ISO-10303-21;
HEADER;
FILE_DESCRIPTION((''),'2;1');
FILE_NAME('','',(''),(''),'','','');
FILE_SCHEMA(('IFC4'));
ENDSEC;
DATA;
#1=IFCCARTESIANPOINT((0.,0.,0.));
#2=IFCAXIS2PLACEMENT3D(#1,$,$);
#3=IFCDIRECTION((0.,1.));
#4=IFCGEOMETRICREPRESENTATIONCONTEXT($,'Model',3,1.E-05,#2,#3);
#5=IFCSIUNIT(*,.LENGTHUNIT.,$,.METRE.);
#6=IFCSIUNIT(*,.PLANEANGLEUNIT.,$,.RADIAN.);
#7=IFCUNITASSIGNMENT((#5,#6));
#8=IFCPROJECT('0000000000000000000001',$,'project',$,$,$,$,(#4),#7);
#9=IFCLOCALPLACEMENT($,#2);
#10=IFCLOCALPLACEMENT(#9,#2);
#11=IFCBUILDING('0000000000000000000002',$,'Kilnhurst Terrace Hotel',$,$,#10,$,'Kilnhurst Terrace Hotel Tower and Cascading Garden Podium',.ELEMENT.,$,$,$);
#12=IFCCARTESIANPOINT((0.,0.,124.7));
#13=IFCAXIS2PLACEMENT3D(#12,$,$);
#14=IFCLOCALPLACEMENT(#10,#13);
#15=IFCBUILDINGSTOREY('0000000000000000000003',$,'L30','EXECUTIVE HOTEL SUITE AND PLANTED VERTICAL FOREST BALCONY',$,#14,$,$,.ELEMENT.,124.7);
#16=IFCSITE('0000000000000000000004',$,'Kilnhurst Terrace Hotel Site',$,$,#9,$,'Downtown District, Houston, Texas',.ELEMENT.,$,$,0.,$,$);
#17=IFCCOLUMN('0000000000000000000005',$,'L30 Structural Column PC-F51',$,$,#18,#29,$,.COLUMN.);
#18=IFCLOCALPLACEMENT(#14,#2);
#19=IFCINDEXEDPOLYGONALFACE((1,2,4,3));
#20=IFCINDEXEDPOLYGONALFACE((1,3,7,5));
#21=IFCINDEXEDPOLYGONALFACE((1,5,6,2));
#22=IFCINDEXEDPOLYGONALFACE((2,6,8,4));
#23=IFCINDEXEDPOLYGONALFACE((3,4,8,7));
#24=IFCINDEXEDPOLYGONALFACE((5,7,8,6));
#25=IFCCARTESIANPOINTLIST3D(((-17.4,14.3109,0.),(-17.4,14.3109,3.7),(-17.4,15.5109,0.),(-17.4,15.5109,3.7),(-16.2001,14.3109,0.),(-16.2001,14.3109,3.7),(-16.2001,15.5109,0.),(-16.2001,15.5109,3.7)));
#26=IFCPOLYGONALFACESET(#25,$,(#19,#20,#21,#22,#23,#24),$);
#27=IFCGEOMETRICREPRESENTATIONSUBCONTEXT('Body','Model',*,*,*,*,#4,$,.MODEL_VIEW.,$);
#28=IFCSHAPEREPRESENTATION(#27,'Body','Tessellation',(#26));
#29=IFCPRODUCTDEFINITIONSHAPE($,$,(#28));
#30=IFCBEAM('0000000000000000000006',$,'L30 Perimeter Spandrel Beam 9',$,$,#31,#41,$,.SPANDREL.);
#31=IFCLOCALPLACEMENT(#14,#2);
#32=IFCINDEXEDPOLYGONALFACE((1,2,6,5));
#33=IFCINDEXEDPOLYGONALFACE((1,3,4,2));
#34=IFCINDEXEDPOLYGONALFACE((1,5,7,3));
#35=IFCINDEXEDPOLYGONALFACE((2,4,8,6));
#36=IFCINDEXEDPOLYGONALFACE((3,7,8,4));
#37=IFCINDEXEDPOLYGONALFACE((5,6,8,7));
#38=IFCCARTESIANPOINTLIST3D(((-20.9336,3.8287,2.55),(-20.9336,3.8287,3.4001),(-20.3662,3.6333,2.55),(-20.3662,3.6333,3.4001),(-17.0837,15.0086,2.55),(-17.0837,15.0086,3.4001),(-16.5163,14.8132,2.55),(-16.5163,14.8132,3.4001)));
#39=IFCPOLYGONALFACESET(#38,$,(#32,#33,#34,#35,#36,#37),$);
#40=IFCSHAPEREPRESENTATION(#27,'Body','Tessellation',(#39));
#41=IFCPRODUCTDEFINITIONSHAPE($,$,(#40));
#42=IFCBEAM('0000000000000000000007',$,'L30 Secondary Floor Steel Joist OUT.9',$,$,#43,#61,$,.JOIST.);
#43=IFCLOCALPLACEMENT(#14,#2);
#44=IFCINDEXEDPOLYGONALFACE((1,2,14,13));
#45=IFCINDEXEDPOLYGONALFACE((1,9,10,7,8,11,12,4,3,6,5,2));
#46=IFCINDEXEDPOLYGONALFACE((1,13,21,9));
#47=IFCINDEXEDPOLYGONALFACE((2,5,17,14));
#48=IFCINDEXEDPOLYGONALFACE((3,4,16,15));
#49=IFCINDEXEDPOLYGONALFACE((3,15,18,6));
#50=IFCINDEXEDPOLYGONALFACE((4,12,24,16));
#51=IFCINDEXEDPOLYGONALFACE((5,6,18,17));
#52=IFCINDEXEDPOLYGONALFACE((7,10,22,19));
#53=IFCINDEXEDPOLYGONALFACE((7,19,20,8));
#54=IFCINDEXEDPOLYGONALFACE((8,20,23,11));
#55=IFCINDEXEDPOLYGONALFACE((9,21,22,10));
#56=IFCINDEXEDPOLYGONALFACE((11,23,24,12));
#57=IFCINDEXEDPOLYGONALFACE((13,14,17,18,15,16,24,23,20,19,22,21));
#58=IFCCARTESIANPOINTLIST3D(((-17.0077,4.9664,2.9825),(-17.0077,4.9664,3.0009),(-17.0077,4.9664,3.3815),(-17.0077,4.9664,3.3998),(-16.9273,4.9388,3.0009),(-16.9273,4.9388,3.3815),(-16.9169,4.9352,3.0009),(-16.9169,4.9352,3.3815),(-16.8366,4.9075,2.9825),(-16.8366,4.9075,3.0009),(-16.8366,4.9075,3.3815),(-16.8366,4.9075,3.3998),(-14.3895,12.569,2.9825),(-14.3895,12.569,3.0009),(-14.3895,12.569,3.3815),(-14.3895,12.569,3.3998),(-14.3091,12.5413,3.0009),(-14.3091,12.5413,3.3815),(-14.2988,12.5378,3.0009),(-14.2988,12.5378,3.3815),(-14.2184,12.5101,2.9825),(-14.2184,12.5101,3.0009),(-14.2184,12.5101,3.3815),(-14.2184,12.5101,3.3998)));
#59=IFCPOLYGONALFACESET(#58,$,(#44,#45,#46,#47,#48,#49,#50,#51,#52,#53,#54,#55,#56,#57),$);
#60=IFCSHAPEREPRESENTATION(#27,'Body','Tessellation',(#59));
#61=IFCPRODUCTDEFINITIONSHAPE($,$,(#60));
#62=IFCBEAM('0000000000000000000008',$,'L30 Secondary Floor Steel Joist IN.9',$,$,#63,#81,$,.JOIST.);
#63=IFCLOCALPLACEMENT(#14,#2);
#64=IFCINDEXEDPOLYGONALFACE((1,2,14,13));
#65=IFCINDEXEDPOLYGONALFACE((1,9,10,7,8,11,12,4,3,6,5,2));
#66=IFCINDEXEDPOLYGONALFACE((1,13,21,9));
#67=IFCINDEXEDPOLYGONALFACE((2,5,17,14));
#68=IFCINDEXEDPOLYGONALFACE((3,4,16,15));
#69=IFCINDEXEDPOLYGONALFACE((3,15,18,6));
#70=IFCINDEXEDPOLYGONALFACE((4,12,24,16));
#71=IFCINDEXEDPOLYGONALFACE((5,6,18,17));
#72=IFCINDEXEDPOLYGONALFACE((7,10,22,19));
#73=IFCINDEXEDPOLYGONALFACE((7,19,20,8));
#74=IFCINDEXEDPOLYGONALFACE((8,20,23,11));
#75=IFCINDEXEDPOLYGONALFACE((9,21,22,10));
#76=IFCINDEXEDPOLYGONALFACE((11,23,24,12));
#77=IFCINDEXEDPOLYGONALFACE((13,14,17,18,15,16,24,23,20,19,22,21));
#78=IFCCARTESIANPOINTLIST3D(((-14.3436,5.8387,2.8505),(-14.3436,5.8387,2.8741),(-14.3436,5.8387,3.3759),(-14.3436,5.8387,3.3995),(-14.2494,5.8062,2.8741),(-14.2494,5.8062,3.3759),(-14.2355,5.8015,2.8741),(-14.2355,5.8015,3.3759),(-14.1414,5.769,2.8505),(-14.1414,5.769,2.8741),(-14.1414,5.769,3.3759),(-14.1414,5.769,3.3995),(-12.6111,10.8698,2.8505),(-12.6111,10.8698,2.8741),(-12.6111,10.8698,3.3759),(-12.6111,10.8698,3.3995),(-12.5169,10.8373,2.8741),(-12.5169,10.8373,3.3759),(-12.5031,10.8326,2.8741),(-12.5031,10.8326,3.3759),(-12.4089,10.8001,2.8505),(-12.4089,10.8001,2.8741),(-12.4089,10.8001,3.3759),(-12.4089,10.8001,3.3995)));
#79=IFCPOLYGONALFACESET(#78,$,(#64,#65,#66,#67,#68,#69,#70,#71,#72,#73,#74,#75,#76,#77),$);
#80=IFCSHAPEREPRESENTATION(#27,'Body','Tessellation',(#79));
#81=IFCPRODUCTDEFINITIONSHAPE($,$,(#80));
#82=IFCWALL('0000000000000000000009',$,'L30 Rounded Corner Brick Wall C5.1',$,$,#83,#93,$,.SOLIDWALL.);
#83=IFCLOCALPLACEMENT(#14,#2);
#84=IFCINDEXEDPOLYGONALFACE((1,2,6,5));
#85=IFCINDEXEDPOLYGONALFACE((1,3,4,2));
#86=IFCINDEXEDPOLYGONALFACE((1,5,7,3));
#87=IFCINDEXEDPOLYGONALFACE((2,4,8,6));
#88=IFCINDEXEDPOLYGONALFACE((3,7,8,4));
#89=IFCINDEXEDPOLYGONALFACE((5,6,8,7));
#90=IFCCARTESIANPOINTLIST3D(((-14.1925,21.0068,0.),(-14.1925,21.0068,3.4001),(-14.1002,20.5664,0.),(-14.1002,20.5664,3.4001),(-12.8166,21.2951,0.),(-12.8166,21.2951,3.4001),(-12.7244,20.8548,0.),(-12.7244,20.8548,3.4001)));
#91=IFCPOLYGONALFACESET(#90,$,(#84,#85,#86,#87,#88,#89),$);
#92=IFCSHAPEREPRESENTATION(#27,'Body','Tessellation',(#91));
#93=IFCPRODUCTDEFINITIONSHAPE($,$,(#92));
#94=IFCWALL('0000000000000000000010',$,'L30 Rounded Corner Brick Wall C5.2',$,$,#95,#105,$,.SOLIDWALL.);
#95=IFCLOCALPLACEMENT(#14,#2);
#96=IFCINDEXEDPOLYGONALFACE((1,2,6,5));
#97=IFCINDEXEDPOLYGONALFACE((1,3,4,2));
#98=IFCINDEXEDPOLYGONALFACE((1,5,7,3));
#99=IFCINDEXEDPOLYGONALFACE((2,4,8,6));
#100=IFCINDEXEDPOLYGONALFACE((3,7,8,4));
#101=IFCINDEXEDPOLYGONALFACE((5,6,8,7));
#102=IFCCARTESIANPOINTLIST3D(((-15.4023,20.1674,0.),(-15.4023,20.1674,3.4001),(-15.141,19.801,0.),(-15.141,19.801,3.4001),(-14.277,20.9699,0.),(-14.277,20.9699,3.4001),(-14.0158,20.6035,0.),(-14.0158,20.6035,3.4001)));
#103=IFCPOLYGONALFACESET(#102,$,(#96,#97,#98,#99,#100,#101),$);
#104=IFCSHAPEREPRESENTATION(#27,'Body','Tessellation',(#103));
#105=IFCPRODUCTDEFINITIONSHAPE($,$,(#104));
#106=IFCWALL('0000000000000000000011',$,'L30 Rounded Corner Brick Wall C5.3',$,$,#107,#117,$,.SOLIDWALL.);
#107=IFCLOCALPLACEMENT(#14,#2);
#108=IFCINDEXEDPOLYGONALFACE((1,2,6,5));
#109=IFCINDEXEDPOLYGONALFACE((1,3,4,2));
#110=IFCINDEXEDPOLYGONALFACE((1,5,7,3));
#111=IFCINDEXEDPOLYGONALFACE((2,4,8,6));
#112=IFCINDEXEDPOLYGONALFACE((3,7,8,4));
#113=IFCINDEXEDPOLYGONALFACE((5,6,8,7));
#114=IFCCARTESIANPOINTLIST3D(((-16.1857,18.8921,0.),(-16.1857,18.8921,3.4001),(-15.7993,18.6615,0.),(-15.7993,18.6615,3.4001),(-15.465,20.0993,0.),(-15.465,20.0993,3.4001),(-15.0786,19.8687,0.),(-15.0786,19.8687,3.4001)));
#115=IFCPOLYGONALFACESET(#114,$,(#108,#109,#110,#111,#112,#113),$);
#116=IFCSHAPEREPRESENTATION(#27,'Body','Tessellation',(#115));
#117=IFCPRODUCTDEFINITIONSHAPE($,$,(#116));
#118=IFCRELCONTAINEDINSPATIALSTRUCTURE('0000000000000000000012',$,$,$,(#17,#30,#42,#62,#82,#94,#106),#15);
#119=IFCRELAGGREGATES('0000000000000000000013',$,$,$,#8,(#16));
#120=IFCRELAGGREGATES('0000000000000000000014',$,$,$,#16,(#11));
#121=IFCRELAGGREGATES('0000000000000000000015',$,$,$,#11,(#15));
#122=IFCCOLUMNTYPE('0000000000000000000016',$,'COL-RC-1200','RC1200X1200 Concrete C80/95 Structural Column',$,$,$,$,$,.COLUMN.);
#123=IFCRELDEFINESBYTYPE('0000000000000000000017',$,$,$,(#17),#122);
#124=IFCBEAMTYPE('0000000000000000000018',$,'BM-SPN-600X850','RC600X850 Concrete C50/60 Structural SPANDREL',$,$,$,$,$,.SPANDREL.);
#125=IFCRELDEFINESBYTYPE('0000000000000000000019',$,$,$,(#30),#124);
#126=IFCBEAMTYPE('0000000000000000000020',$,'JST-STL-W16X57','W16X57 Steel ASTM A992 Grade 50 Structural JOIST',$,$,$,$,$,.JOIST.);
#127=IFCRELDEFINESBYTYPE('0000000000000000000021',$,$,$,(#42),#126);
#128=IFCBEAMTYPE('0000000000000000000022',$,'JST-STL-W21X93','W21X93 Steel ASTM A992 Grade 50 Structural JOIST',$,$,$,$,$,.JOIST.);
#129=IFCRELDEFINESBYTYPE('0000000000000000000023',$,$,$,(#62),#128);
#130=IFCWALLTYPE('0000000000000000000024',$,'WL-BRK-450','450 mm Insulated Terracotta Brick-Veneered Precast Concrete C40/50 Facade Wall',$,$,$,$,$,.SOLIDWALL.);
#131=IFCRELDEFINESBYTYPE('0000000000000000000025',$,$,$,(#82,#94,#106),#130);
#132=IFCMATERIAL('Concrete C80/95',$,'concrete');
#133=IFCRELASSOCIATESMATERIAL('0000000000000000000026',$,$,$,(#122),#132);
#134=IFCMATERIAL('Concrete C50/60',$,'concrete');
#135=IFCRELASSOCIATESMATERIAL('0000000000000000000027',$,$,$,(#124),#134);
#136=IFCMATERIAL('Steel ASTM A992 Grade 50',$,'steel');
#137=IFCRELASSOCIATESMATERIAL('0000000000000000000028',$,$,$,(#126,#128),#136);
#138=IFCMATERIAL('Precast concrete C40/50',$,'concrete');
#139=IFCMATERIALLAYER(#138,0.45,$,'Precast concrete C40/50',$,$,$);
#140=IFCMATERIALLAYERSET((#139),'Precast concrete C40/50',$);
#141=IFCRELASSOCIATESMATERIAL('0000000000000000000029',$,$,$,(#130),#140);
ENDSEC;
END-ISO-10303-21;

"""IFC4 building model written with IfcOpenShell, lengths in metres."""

from ifc_helpers import new_model, si_unit, direction, frame, frame_2d, origin, origin_2d, place, context, subcontext, project, spatial, rectangle, i_section, extrude, material, layer, layer_set, material_profile, profile_set, type_object, element, save


model = new_model("IFC4")

# Units and contexts
model_context = context("Model", 3, precision=1e-05, world=origin(), true_north=direction((0.0, 1.0)))
body_context = subcontext(model_context, "Body", "Model", "MODEL_VIEW")
ifc_project = project(units=[si_unit("LENGTHUNIT", "METRE"), si_unit("PLANEANGLEUNIT", "RADIAN")], contexts=[model_context])

# Site, building, storey
site_placement = place(None, origin())
site = spatial("IfcSite", under=ifc_project, at=site_placement, Name="Kilnhurst Terrace Hotel Site", LongName="Downtown District, Houston, Texas", CompositionType="ELEMENT", RefElevation=0.0)
building_placement = place(site_placement, origin())
building = spatial("IfcBuilding", under=site, at=building_placement, Name="Kilnhurst Terrace Hotel", LongName="Kilnhurst Terrace Hotel Tower and Cascading Garden Podium", CompositionType="ELEMENT")
storey_placement = place(building_placement, frame((0.0, 0.0, 124.7)))
storey = spatial("IfcBuildingStorey", under=building, at=storey_placement, Name="L30", Description="EXECUTIVE HOTEL SUITE AND PLANTED VERTICAL FOREST BALCONY", CompositionType="ELEMENT", Elevation=124.7)

# Column
ifc_material_1 = material(Name="Concrete C80/95", Category="concrete")
ifc_material_profile_1 = material_profile(ifc_material_1, rectangle(XDim=1.2, YDim=1.2, at=origin_2d()), Name="RC1200X1200")
ifc_profile_set_1 = profile_set([ifc_material_profile_1], Name="Concrete C80/95")
column_type = type_object("IfcColumnType", Name="COL-RC-1200", Description="RC1200X1200 Concrete C80/95 Structural Column", PredefinedType="COLUMN", material=ifc_profile_set_1)
column_placement = place(storey_placement, frame((-16.8, 14.9109, 0.0), z_axis=(0.0, 0.0, 1.0), x_axis=(1.0, 0.0, 0.0)))
element("IfcColumn", 1, at=column_placement, inside=storey, type_object=column_type, Name="L30 Structural Column PC-F51", PredefinedType="COLUMN", context=body_context, shape_type="SweptSolid", body=[
    extrude(rectangle(XDim=1.2, YDim=1.2, at=origin_2d()), origin(), (0.0, 0.0, 1.0), 3.7),
])

# Beams
ifc_material_2 = material(Name="Concrete C50/60", Category="concrete")
ifc_material_profile_2 = material_profile(ifc_material_2, rectangle(XDim=0.6001, YDim=0.8501, at=origin_2d()), Name="RC600X850")
ifc_profile_set_2 = profile_set([ifc_material_profile_2], Name="Concrete C50/60")
beam_type_1 = type_object("IfcBeamType", Name="BM-SPN-600X850", Description="RC600X850 Concrete C50/60 Structural SPANDREL", PredefinedType="SPANDREL", material=ifc_profile_set_2)
beam_1_placement = place(storey_placement, frame((-16.8, 14.9109, 2.9751), z_axis=(-0.32559, -0.945511, 0.0), x_axis=(0.945511, -0.32559, 0.0)))
element("IfcBeam", 2, at=beam_1_placement, inside=storey, type_object=beam_type_1, Name="L30 Perimeter Spandrel Beam 9", PredefinedType="SPANDREL", context=body_context, shape_type="SweptSolid", body=[
    extrude(rectangle(XDim=0.6001, YDim=0.8501, at=origin_2d()), origin(), (0.0, 0.0, 1.0), 11.8242),
])
ifc_material_3 = material(Name="Steel ASTM A992 Grade 50", Category="steel")
ifc_material_profile_3 = material_profile(ifc_material_3, i_section(OverallWidth=0.1809, OverallDepth=0.4172, WebThickness=0.011, FlangeThickness=0.0183, at=origin_2d()), Name="W16X57")
ifc_profile_set_3 = profile_set([ifc_material_profile_3], Name="Steel ASTM A992 Grade 50")
beam_type_2 = type_object("IfcBeamType", Name="JST-STL-W16X57", Description="W16X57 Steel ASTM A992 Grade 50 Structural JOIST", PredefinedType="JOIST", material=ifc_profile_set_3)
beam_2_placement = place(storey_placement, frame((-14.304, 12.5396, 3.1912), z_axis=(-0.325613, -0.945503, 0.0), x_axis=(0.945503, -0.325613, 0.0)))
element("IfcBeam", 3, at=beam_2_placement, inside=storey, type_object=beam_type_2, Name="L30 Secondary Floor Steel Joist OUT.9", PredefinedType="JOIST", context=body_context, shape_type="SweptSolid", body=[
    extrude(i_section(OverallWidth=0.1809, OverallDepth=0.4172, WebThickness=0.011, FlangeThickness=0.0183, at=origin_2d()), origin(), (0.0, 0.0, 1.0), 8.0408),
])
ifc_material_profile_4 = material_profile(ifc_material_3, i_section(OverallWidth=0.2139, OverallDepth=0.5491, WebThickness=0.0146, FlangeThickness=0.0237, at=origin_2d()), Name="W21X93")
ifc_profile_set_4 = profile_set([ifc_material_profile_4], Name="Steel ASTM A992 Grade 50")
beam_type_3 = type_object("IfcBeamType", Name="JST-STL-W21X93", Description="W21X93 Steel ASTM A992 Grade 50 Structural JOIST", PredefinedType="JOIST", material=ifc_profile_set_4)
beam_3_placement = place(storey_placement, frame((-12.51, 10.835, 3.125), z_axis=(-0.325586, -0.945512, 0.0), x_axis=(0.945512, -0.325586, 0.0)))
element("IfcBeam", 4, at=beam_3_placement, inside=storey, type_object=beam_type_3, Name="L30 Secondary Floor Steel Joist IN.9", PredefinedType="JOIST", context=body_context, shape_type="SweptSolid", body=[
    extrude(i_section(OverallWidth=0.2139, OverallDepth=0.5491, WebThickness=0.0146, FlangeThickness=0.0237, at=origin_2d()), origin(), (0.0, 0.0, 1.0), 5.321),
])

# Walls
ifc_material_4 = material(Name="Precast concrete C40/50", Category="concrete")
ifc_layer_1 = layer(ifc_material_4, 0.45, Name="Precast concrete C40/50")
ifc_layer_set_1 = layer_set([ifc_layer_1], Name="Precast concrete C40/50")
wall_type_1 = type_object("IfcWallType", Name="WL-BRK-450", Description="450 mm Insulated Terracotta Brick-Veneered Precast Concrete C40/50 Facade Wall", PredefinedType="SOLIDWALL", material=ifc_layer_set_1)
wall_1_placement = place(storey_placement, frame((-12.7705, 21.075, 0.0), z_axis=(0.0, 0.0, 1.0), x_axis=(-0.978743, -0.205091, 0.0)))
element("IfcWall", 5, at=wall_1_placement, inside=storey, type_object=wall_type_1, Name="L30 Rounded Corner Brick Wall C5.1", PredefinedType="SOLIDWALL", context=body_context, shape_type="SweptSolid", body=[
    extrude(rectangle(XDim=1.4058, YDim=0.45, at=frame_2d((0.7029, 0.0))), origin(), (0.0, 0.0, 1.0), 3.4001),
])
wall_2_placement = place(storey_placement, frame((-14.1465, 20.7866, 0.0), z_axis=(0.0, 0.0, 1.0), x_axis=(-0.814163, -0.580636, 0.0)))
element("IfcWall", 6, at=wall_2_placement, inside=storey, type_object=wall_type_1, Name="L30 Rounded Corner Brick Wall C5.2", PredefinedType="SOLIDWALL", context=body_context, shape_type="SweptSolid", body=[
    extrude(rectangle(XDim=1.3821, YDim=0.45, at=frame_2d((0.6909, 0.0))), origin(), (0.0, 0.0, 1.0), 3.4001),
])
wall_3_placement = place(storey_placement, frame((-15.2717, 19.9841, 0.0), z_axis=(0.0, 0.0, 1.0), x_axis=(-0.512579, -0.85864, 0.0)))
element("IfcWall", 7, at=wall_3_placement, inside=storey, type_object=wall_type_1, Name="L30 Rounded Corner Brick Wall C5.3", PredefinedType="SOLIDWALL", context=body_context, shape_type="SweptSolid", body=[
    extrude(rectangle(XDim=1.406, YDim=0.45, at=frame_2d((0.7031, 0.0))), origin(), (0.0, 0.0, 1.0), 3.4001),
])

save(model, "model.ifc")
